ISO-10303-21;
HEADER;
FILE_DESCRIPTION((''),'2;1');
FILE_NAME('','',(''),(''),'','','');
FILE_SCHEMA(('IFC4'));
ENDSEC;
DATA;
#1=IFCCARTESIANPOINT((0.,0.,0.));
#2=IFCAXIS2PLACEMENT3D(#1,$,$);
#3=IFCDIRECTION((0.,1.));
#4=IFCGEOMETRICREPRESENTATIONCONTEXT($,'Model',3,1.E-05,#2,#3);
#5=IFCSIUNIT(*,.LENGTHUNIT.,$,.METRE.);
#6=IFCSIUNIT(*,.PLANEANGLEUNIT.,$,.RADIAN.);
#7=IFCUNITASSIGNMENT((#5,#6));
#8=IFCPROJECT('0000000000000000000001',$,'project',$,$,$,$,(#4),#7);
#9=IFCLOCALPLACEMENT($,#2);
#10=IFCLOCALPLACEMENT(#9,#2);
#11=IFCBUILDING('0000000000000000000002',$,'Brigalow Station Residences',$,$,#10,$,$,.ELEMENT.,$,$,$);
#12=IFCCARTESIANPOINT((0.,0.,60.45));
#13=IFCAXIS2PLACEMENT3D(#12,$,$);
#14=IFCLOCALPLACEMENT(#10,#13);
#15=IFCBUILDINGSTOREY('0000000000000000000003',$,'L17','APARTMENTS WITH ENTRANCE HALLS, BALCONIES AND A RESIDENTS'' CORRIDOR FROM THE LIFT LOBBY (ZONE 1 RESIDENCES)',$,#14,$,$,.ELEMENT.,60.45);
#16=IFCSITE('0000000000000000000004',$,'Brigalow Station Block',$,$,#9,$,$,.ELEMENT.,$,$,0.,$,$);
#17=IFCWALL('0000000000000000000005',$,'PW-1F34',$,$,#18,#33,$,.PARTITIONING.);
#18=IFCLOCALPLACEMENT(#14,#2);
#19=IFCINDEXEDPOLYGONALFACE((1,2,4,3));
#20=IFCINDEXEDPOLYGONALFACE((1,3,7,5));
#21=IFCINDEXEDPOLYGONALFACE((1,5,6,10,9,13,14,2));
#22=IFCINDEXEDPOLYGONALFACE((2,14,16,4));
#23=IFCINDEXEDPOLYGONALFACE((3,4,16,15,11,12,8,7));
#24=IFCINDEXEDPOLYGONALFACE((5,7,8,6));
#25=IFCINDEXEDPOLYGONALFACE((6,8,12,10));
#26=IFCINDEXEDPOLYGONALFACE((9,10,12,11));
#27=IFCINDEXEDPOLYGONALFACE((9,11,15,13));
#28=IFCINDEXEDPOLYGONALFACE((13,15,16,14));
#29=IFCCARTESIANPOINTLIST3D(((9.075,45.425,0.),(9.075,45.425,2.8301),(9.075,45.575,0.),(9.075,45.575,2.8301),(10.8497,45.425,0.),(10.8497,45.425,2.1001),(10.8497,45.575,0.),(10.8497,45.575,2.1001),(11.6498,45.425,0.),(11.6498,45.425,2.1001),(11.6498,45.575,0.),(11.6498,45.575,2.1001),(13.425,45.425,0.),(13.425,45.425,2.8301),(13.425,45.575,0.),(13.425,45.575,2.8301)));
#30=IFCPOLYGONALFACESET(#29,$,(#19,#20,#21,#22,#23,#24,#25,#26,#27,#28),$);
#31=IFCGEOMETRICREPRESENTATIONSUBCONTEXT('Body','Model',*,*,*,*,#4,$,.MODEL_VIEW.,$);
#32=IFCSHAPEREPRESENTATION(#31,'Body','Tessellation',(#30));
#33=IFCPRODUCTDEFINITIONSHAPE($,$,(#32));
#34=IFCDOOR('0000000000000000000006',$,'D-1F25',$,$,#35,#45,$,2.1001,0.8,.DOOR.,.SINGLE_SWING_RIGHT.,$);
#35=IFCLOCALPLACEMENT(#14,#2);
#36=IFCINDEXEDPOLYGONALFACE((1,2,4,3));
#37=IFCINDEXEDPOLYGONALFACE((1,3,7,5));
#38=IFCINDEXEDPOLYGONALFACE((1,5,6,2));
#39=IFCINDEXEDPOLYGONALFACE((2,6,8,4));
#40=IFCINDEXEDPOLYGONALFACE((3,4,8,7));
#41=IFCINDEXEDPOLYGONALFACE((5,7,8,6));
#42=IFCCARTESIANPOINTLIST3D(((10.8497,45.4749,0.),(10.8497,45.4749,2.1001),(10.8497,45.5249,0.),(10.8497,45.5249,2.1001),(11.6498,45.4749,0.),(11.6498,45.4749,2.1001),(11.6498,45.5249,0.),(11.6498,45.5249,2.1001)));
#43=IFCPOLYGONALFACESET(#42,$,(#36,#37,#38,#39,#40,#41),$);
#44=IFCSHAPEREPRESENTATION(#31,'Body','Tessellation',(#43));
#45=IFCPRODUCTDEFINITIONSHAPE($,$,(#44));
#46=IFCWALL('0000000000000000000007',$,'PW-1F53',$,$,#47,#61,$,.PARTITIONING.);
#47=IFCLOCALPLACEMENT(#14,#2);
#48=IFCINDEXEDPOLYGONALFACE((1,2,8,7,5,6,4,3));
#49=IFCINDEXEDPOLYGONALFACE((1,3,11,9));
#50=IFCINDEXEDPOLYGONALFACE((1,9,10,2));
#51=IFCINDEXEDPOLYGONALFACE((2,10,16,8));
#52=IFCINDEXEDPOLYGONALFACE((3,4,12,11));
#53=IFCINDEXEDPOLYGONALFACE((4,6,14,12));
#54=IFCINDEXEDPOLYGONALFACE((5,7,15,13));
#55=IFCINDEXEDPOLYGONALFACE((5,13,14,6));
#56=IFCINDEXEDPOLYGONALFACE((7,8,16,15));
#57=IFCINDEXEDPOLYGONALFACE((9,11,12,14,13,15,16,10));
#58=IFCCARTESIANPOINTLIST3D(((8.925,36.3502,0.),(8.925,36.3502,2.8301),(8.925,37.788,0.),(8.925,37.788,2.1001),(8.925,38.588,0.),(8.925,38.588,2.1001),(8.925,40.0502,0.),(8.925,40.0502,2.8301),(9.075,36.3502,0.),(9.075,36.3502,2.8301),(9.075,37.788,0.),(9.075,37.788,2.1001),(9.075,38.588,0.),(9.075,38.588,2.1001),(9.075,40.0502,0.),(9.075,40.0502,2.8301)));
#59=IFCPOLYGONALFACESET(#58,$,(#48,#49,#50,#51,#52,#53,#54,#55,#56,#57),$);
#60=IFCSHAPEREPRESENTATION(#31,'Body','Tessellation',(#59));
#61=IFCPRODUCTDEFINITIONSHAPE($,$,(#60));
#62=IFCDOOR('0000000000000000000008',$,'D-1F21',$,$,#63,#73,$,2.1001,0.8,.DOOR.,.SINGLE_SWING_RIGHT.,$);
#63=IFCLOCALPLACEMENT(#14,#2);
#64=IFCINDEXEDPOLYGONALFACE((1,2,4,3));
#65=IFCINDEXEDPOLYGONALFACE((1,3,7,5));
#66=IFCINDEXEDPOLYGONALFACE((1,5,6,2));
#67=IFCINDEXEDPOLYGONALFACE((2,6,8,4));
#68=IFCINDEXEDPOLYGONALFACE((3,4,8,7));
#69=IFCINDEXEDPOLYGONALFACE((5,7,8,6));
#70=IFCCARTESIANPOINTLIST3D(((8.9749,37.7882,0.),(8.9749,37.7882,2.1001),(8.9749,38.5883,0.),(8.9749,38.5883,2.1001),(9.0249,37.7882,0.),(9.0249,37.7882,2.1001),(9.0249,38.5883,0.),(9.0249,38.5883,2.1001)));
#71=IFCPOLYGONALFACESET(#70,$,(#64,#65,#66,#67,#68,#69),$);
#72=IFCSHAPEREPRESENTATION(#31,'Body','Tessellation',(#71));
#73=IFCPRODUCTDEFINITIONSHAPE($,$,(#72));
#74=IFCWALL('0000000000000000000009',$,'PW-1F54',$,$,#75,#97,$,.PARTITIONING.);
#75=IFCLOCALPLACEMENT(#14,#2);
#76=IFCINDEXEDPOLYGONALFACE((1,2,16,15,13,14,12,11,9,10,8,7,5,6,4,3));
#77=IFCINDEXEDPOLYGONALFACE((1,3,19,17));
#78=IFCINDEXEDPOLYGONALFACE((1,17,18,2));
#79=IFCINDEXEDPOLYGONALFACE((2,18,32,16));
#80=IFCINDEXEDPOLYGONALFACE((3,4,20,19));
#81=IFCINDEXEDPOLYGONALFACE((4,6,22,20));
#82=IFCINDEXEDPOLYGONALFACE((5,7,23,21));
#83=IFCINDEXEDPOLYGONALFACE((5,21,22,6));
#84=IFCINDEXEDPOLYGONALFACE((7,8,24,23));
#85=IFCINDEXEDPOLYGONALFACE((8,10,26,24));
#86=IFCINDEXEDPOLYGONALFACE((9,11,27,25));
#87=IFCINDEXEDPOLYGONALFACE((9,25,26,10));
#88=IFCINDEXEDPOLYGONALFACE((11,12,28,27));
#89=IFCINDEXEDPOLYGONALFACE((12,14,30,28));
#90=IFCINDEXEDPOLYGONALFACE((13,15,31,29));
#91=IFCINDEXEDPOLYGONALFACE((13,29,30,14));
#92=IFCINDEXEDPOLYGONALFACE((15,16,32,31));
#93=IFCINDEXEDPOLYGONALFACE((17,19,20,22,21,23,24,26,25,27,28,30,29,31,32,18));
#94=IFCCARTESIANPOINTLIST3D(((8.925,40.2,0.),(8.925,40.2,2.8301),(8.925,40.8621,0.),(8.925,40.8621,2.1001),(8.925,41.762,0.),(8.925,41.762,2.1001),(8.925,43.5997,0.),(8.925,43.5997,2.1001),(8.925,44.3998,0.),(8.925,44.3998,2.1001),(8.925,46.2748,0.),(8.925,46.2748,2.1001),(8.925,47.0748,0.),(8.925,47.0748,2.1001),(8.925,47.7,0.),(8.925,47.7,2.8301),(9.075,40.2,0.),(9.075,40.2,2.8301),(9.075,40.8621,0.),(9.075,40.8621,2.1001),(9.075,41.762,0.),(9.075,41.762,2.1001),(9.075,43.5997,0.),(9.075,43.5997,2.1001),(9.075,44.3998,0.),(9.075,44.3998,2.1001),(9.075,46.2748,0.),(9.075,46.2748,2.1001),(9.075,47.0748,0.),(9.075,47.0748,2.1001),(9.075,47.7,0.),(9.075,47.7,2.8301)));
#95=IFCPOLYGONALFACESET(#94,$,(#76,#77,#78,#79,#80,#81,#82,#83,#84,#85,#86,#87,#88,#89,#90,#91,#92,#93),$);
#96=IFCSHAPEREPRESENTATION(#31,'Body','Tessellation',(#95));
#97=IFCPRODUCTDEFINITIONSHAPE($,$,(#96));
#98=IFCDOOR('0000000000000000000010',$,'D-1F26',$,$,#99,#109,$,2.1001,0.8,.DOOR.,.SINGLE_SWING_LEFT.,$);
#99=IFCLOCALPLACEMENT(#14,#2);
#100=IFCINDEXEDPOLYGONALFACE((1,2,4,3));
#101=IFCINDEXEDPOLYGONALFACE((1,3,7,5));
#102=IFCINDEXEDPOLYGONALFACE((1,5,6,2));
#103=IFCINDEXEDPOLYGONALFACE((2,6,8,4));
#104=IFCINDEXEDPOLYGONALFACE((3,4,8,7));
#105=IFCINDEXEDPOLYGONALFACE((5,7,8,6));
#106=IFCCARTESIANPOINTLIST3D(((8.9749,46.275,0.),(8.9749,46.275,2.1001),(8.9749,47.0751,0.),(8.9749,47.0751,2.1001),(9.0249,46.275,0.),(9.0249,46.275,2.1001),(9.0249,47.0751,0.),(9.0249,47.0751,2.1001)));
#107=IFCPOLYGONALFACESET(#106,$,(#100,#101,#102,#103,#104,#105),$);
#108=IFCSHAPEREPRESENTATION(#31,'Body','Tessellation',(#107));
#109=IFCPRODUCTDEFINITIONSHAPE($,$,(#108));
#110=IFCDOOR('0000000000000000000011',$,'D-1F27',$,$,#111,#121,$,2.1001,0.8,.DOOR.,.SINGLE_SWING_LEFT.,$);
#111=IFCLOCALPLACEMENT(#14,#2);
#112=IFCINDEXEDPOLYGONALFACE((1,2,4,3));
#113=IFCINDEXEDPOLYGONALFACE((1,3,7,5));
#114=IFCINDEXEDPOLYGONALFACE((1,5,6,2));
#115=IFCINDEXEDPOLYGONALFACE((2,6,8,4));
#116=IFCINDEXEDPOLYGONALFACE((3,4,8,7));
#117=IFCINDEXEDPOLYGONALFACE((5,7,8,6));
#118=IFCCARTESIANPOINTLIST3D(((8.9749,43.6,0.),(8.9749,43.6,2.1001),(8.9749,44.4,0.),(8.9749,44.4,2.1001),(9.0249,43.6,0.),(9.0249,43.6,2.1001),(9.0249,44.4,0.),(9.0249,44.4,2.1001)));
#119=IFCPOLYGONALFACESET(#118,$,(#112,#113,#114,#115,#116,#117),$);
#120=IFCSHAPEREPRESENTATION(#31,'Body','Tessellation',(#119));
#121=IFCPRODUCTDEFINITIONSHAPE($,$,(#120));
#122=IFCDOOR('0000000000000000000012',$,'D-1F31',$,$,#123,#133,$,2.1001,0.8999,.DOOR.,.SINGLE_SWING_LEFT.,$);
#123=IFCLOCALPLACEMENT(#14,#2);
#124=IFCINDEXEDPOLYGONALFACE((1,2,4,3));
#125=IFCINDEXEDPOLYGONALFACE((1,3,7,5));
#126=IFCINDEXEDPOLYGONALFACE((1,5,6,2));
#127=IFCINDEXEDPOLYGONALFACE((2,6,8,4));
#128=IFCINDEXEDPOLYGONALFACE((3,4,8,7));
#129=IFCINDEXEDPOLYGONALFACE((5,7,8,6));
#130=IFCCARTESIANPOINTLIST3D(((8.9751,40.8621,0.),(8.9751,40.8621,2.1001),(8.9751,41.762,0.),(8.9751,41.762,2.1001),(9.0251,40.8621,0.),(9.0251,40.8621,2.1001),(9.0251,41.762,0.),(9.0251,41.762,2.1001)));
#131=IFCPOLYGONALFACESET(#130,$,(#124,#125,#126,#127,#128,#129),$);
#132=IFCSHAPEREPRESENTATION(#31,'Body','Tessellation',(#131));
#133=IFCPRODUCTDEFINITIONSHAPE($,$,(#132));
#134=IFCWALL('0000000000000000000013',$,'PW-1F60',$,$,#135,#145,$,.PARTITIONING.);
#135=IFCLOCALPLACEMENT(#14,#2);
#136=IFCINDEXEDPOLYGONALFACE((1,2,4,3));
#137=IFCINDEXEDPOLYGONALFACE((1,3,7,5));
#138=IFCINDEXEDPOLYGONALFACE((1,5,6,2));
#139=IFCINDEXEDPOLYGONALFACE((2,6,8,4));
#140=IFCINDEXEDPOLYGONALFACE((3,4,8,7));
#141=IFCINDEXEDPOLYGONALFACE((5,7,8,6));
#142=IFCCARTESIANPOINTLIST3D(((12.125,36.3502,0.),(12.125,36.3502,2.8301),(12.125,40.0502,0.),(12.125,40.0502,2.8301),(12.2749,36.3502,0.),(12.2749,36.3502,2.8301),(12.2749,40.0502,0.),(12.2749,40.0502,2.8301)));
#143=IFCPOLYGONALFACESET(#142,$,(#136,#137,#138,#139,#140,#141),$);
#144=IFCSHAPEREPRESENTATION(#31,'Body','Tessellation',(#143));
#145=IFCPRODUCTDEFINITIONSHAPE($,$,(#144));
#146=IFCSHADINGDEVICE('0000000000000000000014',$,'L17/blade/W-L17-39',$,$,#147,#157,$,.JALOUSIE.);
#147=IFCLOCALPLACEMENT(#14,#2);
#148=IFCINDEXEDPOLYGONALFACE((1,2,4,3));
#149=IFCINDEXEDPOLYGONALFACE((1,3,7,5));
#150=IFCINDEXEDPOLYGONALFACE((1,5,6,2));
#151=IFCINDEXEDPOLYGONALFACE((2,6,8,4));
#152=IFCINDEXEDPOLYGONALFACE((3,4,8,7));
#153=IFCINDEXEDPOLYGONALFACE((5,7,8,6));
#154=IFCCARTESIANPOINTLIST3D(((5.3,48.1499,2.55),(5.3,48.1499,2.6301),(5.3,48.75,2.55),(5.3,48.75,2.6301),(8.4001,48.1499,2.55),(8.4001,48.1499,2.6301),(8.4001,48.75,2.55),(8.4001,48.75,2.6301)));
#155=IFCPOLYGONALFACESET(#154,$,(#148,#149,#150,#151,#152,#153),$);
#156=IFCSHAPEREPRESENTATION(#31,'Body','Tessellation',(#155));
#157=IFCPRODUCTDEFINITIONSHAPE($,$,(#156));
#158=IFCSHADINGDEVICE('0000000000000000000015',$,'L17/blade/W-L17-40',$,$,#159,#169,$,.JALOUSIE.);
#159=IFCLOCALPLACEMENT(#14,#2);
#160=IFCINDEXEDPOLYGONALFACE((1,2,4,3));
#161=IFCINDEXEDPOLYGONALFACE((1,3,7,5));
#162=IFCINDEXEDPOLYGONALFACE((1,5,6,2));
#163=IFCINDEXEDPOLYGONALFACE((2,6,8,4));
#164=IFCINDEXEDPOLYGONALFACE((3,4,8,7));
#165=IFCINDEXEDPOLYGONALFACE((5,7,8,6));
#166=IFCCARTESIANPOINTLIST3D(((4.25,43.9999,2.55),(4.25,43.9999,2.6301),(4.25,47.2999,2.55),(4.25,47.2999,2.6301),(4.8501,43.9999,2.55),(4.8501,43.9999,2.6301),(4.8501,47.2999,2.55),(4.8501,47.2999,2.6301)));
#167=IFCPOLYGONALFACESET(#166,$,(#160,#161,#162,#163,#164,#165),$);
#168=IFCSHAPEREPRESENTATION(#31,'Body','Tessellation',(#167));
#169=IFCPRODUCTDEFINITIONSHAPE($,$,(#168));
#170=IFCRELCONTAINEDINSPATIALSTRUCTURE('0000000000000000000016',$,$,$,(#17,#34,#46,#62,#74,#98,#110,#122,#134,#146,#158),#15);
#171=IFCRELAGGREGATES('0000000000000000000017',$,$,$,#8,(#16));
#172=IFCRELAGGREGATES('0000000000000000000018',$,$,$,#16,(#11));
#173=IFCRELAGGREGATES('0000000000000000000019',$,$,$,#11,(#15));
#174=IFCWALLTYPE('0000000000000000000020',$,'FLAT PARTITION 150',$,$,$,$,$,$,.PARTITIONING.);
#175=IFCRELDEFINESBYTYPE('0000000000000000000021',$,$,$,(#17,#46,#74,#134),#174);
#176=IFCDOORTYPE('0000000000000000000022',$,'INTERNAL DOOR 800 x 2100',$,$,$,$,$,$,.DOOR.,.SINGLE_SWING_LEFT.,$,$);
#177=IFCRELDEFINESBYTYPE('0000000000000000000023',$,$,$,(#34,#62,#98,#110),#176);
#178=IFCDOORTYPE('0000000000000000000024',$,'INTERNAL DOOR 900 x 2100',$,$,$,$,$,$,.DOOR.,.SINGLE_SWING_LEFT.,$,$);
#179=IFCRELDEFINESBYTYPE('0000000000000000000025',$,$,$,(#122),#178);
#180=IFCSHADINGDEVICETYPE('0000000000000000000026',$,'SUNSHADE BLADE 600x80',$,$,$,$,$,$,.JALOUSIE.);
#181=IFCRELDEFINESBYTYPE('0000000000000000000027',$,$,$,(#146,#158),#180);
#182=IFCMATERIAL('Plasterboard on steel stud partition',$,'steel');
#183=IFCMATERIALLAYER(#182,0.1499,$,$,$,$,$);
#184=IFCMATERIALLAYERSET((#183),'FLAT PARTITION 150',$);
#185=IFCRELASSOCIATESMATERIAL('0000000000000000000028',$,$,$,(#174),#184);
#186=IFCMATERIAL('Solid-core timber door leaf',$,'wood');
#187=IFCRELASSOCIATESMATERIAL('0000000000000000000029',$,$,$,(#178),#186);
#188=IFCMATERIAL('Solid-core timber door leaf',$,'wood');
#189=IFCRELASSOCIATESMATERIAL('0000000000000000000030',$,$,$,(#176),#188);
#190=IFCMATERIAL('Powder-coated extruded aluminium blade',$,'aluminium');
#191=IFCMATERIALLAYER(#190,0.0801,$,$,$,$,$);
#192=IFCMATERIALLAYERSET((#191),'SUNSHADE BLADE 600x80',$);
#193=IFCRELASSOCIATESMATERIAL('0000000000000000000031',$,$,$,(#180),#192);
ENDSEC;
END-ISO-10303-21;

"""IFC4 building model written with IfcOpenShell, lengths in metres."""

from ifc_helpers import new_model, si_unit, direction, frame, frame_2d, origin, origin_2d, place, context, subcontext, project, spatial, rectangle, extrude, material, layer, layer_set, type_object, element, fill, save


model = new_model("IFC4")

# Units and contexts
model_context = context("Model", 3, precision=1e-05, world=origin(), true_north=direction((0.0, 1.0)))
body_context = subcontext(model_context, "Body", "Model", "MODEL_VIEW")
ifc_project = project(units=[si_unit("LENGTHUNIT", "METRE"), si_unit("PLANEANGLEUNIT", "RADIAN")], contexts=[model_context])

# Site, building, storey
site_placement = place(None, origin())
site = spatial("IfcSite", under=ifc_project, at=site_placement, Name="Brigalow Station Block", CompositionType="ELEMENT", RefElevation=0.0)
building_placement = place(site_placement, origin())
building = spatial("IfcBuilding", under=site, at=building_placement, Name="Brigalow Station Residences", CompositionType="ELEMENT")
storey_placement = place(building_placement, frame((0.0, 0.0, 60.45)))
storey = spatial("IfcBuildingStorey", under=building, at=storey_placement, Name="L17", Description="APARTMENTS WITH ENTRANCE HALLS, BALCONIES AND A RESIDENTS' CORRIDOR FROM THE LIFT LOBBY (ZONE 1 RESIDENCES)", CompositionType="ELEMENT", Elevation=60.45)

# Shared definitions
ifc_material_1 = material(Name="Plasterboard on steel stud partition", Category="steel")
ifc_layer_1 = layer(ifc_material_1, 0.1499)
ifc_layer_set_1 = layer_set([ifc_layer_1], Name="FLAT PARTITION 150")
wall_type_1 = type_object("IfcWallType", Name="FLAT PARTITION 150", PredefinedType="PARTITIONING", material=ifc_layer_set_1)
ifc_material_2 = material(Name="Solid-core timber door leaf", Category="wood")
door_type_1 = type_object("IfcDoorType", Name="INTERNAL DOOR 900 x 2100", OperationType="SINGLE_SWING_LEFT", PredefinedType="DOOR", material=ifc_material_2)

# Walls, openings, doors
wall_1_placement = place(storey_placement, frame((9.075, 45.5, 0.0), z_axis=(0.0, 0.0, 1.0), x_axis=(1.0, 0.0, 0.0)))
wall_1 = element("IfcWall", 1, at=wall_1_placement, inside=storey, type_object=wall_type_1, Name="PW-1F34", PredefinedType="PARTITIONING", context=body_context, shape_type="SweptSolid", body=[
    extrude(rectangle(XDim=4.3501, YDim=0.1499, at=frame_2d((2.175, 0.0))), origin(), (0.0, 0.0, 1.0), 2.8301),
])
opening_1_placement = place(wall_1_placement, frame((1.7749, 0.0, 0.0)))
opening_1 = element("IfcOpeningElement", 2, at=opening_1_placement, cuts=wall_1, PredefinedType="OPENING", context=body_context, shape_type="SweptSolid", body=[
    extrude(rectangle(XDim=0.8, YDim=2.1001, at=frame_2d((0.3999, 1.05))), frame((0.0, 0.085, 0.0), z_axis=(0.0, -1.0, 0.0), x_axis=(1.0, 0.0, 0.0)), (0.0, 0.0, 1.0), 0.1699),
])
ifc_material_3 = material(Name="Solid-core timber door leaf", Category="wood")
door_type_2 = type_object("IfcDoorType", Name="INTERNAL DOOR 800 x 2100", OperationType="SINGLE_SWING_LEFT", PredefinedType="DOOR", material=ifc_material_3)
door_1_placement = place(opening_1_placement, origin())
door_1 = element("IfcDoor", 3, at=door_1_placement, inside=storey, type_object=door_type_2, Name="D-1F25", OperationType="SINGLE_SWING_RIGHT", OverallHeight=2.1001, OverallWidth=0.8, PredefinedType="DOOR", context=body_context, shape_type="SweptSolid", body=[
    extrude(rectangle(XDim=0.8, YDim=2.1001, at=frame_2d((0.3999, 1.05))), frame((0.0, 0.0249, 0.0), z_axis=(0.0, -1.0, 0.0), x_axis=(1.0, 0.0, 0.0)), (0.0, 0.0, 1.0), 0.05),
])
fill(opening_1, door_1)
wall_2_placement = place(storey_placement, frame((9.0, 36.3501, 0.0), z_axis=(0.0, 0.0, 1.0), x_axis=(0.0, 1.0, 0.0)))
wall_2 = element("IfcWall", 4, at=wall_2_placement, inside=storey, type_object=wall_type_1, Name="PW-1F53", PredefinedType="PARTITIONING", context=body_context, shape_type="SweptSolid", body=[
    extrude(rectangle(XDim=3.7, YDim=0.1499, at=frame_2d((1.8501, 0.0))), origin(), (0.0, 0.0, 1.0), 2.8301),
])
opening_2_placement = place(wall_2_placement, frame((1.438, 0.0, 0.0)))
opening_2 = element("IfcOpeningElement", 5, at=opening_2_placement, cuts=wall_2, PredefinedType="OPENING", context=body_context, shape_type="SweptSolid", body=[
    extrude(rectangle(XDim=0.8, YDim=2.1001, at=frame_2d((0.3999, 1.05))), frame((0.0, 0.085, 0.0), z_axis=(0.0, -1.0, 0.0), x_axis=(1.0, 0.0, 0.0)), (0.0, 0.0, 1.0), 0.1699),
])
door_2_placement = place(opening_2_placement, frame((0.8, 0.0, 0.0), z_axis=(0.0, 0.0, 1.0), x_axis=(-1.0, 0.0, 0.0)))
door_2 = element("IfcDoor", 6, at=door_2_placement, inside=storey, type_object=door_type_2, Name="D-1F21", OperationType="SINGLE_SWING_RIGHT", OverallHeight=2.1001, OverallWidth=0.8, PredefinedType="DOOR", context=body_context, shape_type="SweptSolid", body=[
    extrude(rectangle(XDim=0.8, YDim=2.1001, at=frame_2d((0.3999, 1.05))), frame((0.0, 0.0249, 0.0), z_axis=(0.0, -1.0, 0.0), x_axis=(1.0, 0.0, 0.0)), (0.0, 0.0, 1.0), 0.05),
])
fill(opening_2, door_2)

# Wall, openings, doors
wall_3_placement = place(storey_placement, frame((9.0, 40.2, 0.0), z_axis=(0.0, 0.0, 1.0), x_axis=(0.0, 1.0, 0.0)))
wall_3 = element("IfcWall", 7, at=wall_3_placement, inside=storey, type_object=wall_type_1, Name="PW-1F54", PredefinedType="PARTITIONING", context=body_context, shape_type="SweptSolid", body=[
    extrude(rectangle(XDim=7.5, YDim=0.1499, at=frame_2d((3.75, 0.0))), origin(), (0.0, 0.0, 1.0), 2.8301),
])
opening_3_placement = place(wall_3_placement, frame((6.075, 0.0, 0.0)))
opening_3 = element("IfcOpeningElement", 8, at=opening_3_placement, cuts=wall_3, PredefinedType="OPENING", context=body_context, shape_type="SweptSolid", body=[
    extrude(rectangle(XDim=0.8, YDim=2.1001, at=frame_2d((0.3999, 1.05))), frame((0.0, 0.085, 0.0), z_axis=(0.0, -1.0, 0.0), x_axis=(1.0, 0.0, 0.0)), (0.0, 0.0, 1.0), 0.1699),
])
opening_4_placement = place(wall_3_placement, frame((3.3999, 0.0, 0.0)))
opening_4 = element("IfcOpeningElement", 9, at=opening_4_placement, cuts=wall_3, PredefinedType="OPENING", context=body_context, shape_type="SweptSolid", body=[
    extrude(rectangle(XDim=0.8, YDim=2.1001, at=frame_2d((0.3999, 1.05))), frame((0.0, 0.085, 0.0), z_axis=(0.0, -1.0, 0.0), x_axis=(1.0, 0.0, 0.0)), (0.0, 0.0, 1.0), 0.1699),
])
opening_5_placement = place(wall_3_placement, frame((0.6621, 0.0, 0.0)))
opening_5 = element("IfcOpeningElement", 10, at=opening_5_placement, cuts=wall_3, PredefinedType="OPENING", context=body_context, shape_type="SweptSolid", body=[
    extrude(rectangle(XDim=0.8999, YDim=2.1001, at=frame_2d((0.45, 1.05))), frame((0.0, 0.085, 0.0), z_axis=(0.0, -1.0, 0.0), x_axis=(1.0, 0.0, 0.0)), (0.0, 0.0, 1.0), 0.1699),
])
door_3_placement = place(opening_3_placement, frame((0.8, 0.0, 0.0), z_axis=(0.0, 0.0, 1.0), x_axis=(-1.0, 0.0, 0.0)))
door_3 = element("IfcDoor", 11, at=door_3_placement, inside=storey, type_object=door_type_2, Name="D-1F26", OperationType="SINGLE_SWING_LEFT", OverallHeight=2.1001, OverallWidth=0.8, PredefinedType="DOOR", context=body_context, shape_type="SweptSolid", body=[
    extrude(rectangle(XDim=0.8, YDim=2.1001, at=frame_2d((0.3999, 1.05))), frame((0.0, 0.0249, 0.0), z_axis=(0.0, -1.0, 0.0), x_axis=(1.0, 0.0, 0.0)), (0.0, 0.0, 1.0), 0.05),
])
fill(opening_3, door_3)
door_4_placement = place(opening_4_placement, frame((0.8, 0.0, 0.0), z_axis=(0.0, 0.0, 1.0), x_axis=(-1.0, 0.0, 0.0)))
door_4 = element("IfcDoor", 12, at=door_4_placement, inside=storey, type_object=door_type_2, Name="D-1F27", OperationType="SINGLE_SWING_LEFT", OverallHeight=2.1001, OverallWidth=0.8, PredefinedType="DOOR", context=body_context, shape_type="SweptSolid", body=[
    extrude(rectangle(XDim=0.8, YDim=2.1001, at=frame_2d((0.3999, 1.05))), frame((0.0, 0.0249, 0.0), z_axis=(0.0, -1.0, 0.0), x_axis=(1.0, 0.0, 0.0)), (0.0, 0.0, 1.0), 0.05),
])
fill(opening_4, door_4)
door_5_placement = place(opening_5_placement, origin())
door_5 = element("IfcDoor", 13, at=door_5_placement, inside=storey, type_object=door_type_1, Name="D-1F31", OperationType="SINGLE_SWING_LEFT", OverallHeight=2.1001, OverallWidth=0.8999, PredefinedType="DOOR", context=body_context, shape_type="SweptSolid", body=[
    extrude(rectangle(XDim=0.8999, YDim=2.1001, at=frame_2d((0.45, 1.05))), frame((0.0, 0.0249, 0.0), z_axis=(0.0, -1.0, 0.0), x_axis=(1.0, 0.0, 0.0)), (0.0, 0.0, 1.0), 0.05),
])
fill(opening_5, door_5)

# Wall
wall_4_placement = place(storey_placement, frame((12.2, 36.3501, 0.0), z_axis=(0.0, 0.0, 1.0), x_axis=(0.0, 1.0, 0.0)))
element("IfcWall", 14, at=wall_4_placement, inside=storey, type_object=wall_type_1, Name="PW-1F60", PredefinedType="PARTITIONING", context=body_context, shape_type="SweptSolid", body=[
    extrude(rectangle(XDim=3.7, YDim=0.1499, at=frame_2d((1.8501, 0.0))), origin(), (0.0, 0.0, 1.0), 2.8301),
])

# Shading devices
ifc_material_4 = material(Name="Powder-coated extruded aluminium blade", Category="aluminium")
ifc_layer_2 = layer(ifc_material_4, 0.0801)
ifc_layer_set_2 = layer_set([ifc_layer_2], Name="SUNSHADE BLADE 600x80")
shading_device_type = type_object("IfcShadingDeviceType", Name="SUNSHADE BLADE 600x80", PredefinedType="JALOUSIE", material=ifc_layer_set_2)
shading_device_1_placement = place(storey_placement, frame((6.8501, 48.45, 2.55), z_axis=(0.0, 0.0, 1.0), x_axis=(-1.0, 0.0, 0.0)))
element("IfcShadingDevice", 15, at=shading_device_1_placement, inside=storey, type_object=shading_device_type, Name="L17/blade/W-L17-39", PredefinedType="JALOUSIE", context=body_context, shape_type="SweptSolid", body=[
    extrude(rectangle(XDim=3.1001, YDim=0.6001, at=origin_2d()), origin(), (0.0, 0.0, 1.0), 0.0801),
])
shading_device_2_placement = place(storey_placement, frame((4.55, 45.6499, 2.55), z_axis=(0.0, 0.0, 1.0), x_axis=(0.0, -1.0, 0.0)))
element("IfcShadingDevice", 16, at=shading_device_2_placement, inside=storey, type_object=shading_device_type, Name="L17/blade/W-L17-40", PredefinedType="JALOUSIE", context=body_context, shape_type="SweptSolid", body=[
    extrude(rectangle(XDim=3.3, YDim=0.6001, at=origin_2d()), origin(), (0.0, 0.0, 1.0), 0.0801),
])

save(model, "model.ifc")
